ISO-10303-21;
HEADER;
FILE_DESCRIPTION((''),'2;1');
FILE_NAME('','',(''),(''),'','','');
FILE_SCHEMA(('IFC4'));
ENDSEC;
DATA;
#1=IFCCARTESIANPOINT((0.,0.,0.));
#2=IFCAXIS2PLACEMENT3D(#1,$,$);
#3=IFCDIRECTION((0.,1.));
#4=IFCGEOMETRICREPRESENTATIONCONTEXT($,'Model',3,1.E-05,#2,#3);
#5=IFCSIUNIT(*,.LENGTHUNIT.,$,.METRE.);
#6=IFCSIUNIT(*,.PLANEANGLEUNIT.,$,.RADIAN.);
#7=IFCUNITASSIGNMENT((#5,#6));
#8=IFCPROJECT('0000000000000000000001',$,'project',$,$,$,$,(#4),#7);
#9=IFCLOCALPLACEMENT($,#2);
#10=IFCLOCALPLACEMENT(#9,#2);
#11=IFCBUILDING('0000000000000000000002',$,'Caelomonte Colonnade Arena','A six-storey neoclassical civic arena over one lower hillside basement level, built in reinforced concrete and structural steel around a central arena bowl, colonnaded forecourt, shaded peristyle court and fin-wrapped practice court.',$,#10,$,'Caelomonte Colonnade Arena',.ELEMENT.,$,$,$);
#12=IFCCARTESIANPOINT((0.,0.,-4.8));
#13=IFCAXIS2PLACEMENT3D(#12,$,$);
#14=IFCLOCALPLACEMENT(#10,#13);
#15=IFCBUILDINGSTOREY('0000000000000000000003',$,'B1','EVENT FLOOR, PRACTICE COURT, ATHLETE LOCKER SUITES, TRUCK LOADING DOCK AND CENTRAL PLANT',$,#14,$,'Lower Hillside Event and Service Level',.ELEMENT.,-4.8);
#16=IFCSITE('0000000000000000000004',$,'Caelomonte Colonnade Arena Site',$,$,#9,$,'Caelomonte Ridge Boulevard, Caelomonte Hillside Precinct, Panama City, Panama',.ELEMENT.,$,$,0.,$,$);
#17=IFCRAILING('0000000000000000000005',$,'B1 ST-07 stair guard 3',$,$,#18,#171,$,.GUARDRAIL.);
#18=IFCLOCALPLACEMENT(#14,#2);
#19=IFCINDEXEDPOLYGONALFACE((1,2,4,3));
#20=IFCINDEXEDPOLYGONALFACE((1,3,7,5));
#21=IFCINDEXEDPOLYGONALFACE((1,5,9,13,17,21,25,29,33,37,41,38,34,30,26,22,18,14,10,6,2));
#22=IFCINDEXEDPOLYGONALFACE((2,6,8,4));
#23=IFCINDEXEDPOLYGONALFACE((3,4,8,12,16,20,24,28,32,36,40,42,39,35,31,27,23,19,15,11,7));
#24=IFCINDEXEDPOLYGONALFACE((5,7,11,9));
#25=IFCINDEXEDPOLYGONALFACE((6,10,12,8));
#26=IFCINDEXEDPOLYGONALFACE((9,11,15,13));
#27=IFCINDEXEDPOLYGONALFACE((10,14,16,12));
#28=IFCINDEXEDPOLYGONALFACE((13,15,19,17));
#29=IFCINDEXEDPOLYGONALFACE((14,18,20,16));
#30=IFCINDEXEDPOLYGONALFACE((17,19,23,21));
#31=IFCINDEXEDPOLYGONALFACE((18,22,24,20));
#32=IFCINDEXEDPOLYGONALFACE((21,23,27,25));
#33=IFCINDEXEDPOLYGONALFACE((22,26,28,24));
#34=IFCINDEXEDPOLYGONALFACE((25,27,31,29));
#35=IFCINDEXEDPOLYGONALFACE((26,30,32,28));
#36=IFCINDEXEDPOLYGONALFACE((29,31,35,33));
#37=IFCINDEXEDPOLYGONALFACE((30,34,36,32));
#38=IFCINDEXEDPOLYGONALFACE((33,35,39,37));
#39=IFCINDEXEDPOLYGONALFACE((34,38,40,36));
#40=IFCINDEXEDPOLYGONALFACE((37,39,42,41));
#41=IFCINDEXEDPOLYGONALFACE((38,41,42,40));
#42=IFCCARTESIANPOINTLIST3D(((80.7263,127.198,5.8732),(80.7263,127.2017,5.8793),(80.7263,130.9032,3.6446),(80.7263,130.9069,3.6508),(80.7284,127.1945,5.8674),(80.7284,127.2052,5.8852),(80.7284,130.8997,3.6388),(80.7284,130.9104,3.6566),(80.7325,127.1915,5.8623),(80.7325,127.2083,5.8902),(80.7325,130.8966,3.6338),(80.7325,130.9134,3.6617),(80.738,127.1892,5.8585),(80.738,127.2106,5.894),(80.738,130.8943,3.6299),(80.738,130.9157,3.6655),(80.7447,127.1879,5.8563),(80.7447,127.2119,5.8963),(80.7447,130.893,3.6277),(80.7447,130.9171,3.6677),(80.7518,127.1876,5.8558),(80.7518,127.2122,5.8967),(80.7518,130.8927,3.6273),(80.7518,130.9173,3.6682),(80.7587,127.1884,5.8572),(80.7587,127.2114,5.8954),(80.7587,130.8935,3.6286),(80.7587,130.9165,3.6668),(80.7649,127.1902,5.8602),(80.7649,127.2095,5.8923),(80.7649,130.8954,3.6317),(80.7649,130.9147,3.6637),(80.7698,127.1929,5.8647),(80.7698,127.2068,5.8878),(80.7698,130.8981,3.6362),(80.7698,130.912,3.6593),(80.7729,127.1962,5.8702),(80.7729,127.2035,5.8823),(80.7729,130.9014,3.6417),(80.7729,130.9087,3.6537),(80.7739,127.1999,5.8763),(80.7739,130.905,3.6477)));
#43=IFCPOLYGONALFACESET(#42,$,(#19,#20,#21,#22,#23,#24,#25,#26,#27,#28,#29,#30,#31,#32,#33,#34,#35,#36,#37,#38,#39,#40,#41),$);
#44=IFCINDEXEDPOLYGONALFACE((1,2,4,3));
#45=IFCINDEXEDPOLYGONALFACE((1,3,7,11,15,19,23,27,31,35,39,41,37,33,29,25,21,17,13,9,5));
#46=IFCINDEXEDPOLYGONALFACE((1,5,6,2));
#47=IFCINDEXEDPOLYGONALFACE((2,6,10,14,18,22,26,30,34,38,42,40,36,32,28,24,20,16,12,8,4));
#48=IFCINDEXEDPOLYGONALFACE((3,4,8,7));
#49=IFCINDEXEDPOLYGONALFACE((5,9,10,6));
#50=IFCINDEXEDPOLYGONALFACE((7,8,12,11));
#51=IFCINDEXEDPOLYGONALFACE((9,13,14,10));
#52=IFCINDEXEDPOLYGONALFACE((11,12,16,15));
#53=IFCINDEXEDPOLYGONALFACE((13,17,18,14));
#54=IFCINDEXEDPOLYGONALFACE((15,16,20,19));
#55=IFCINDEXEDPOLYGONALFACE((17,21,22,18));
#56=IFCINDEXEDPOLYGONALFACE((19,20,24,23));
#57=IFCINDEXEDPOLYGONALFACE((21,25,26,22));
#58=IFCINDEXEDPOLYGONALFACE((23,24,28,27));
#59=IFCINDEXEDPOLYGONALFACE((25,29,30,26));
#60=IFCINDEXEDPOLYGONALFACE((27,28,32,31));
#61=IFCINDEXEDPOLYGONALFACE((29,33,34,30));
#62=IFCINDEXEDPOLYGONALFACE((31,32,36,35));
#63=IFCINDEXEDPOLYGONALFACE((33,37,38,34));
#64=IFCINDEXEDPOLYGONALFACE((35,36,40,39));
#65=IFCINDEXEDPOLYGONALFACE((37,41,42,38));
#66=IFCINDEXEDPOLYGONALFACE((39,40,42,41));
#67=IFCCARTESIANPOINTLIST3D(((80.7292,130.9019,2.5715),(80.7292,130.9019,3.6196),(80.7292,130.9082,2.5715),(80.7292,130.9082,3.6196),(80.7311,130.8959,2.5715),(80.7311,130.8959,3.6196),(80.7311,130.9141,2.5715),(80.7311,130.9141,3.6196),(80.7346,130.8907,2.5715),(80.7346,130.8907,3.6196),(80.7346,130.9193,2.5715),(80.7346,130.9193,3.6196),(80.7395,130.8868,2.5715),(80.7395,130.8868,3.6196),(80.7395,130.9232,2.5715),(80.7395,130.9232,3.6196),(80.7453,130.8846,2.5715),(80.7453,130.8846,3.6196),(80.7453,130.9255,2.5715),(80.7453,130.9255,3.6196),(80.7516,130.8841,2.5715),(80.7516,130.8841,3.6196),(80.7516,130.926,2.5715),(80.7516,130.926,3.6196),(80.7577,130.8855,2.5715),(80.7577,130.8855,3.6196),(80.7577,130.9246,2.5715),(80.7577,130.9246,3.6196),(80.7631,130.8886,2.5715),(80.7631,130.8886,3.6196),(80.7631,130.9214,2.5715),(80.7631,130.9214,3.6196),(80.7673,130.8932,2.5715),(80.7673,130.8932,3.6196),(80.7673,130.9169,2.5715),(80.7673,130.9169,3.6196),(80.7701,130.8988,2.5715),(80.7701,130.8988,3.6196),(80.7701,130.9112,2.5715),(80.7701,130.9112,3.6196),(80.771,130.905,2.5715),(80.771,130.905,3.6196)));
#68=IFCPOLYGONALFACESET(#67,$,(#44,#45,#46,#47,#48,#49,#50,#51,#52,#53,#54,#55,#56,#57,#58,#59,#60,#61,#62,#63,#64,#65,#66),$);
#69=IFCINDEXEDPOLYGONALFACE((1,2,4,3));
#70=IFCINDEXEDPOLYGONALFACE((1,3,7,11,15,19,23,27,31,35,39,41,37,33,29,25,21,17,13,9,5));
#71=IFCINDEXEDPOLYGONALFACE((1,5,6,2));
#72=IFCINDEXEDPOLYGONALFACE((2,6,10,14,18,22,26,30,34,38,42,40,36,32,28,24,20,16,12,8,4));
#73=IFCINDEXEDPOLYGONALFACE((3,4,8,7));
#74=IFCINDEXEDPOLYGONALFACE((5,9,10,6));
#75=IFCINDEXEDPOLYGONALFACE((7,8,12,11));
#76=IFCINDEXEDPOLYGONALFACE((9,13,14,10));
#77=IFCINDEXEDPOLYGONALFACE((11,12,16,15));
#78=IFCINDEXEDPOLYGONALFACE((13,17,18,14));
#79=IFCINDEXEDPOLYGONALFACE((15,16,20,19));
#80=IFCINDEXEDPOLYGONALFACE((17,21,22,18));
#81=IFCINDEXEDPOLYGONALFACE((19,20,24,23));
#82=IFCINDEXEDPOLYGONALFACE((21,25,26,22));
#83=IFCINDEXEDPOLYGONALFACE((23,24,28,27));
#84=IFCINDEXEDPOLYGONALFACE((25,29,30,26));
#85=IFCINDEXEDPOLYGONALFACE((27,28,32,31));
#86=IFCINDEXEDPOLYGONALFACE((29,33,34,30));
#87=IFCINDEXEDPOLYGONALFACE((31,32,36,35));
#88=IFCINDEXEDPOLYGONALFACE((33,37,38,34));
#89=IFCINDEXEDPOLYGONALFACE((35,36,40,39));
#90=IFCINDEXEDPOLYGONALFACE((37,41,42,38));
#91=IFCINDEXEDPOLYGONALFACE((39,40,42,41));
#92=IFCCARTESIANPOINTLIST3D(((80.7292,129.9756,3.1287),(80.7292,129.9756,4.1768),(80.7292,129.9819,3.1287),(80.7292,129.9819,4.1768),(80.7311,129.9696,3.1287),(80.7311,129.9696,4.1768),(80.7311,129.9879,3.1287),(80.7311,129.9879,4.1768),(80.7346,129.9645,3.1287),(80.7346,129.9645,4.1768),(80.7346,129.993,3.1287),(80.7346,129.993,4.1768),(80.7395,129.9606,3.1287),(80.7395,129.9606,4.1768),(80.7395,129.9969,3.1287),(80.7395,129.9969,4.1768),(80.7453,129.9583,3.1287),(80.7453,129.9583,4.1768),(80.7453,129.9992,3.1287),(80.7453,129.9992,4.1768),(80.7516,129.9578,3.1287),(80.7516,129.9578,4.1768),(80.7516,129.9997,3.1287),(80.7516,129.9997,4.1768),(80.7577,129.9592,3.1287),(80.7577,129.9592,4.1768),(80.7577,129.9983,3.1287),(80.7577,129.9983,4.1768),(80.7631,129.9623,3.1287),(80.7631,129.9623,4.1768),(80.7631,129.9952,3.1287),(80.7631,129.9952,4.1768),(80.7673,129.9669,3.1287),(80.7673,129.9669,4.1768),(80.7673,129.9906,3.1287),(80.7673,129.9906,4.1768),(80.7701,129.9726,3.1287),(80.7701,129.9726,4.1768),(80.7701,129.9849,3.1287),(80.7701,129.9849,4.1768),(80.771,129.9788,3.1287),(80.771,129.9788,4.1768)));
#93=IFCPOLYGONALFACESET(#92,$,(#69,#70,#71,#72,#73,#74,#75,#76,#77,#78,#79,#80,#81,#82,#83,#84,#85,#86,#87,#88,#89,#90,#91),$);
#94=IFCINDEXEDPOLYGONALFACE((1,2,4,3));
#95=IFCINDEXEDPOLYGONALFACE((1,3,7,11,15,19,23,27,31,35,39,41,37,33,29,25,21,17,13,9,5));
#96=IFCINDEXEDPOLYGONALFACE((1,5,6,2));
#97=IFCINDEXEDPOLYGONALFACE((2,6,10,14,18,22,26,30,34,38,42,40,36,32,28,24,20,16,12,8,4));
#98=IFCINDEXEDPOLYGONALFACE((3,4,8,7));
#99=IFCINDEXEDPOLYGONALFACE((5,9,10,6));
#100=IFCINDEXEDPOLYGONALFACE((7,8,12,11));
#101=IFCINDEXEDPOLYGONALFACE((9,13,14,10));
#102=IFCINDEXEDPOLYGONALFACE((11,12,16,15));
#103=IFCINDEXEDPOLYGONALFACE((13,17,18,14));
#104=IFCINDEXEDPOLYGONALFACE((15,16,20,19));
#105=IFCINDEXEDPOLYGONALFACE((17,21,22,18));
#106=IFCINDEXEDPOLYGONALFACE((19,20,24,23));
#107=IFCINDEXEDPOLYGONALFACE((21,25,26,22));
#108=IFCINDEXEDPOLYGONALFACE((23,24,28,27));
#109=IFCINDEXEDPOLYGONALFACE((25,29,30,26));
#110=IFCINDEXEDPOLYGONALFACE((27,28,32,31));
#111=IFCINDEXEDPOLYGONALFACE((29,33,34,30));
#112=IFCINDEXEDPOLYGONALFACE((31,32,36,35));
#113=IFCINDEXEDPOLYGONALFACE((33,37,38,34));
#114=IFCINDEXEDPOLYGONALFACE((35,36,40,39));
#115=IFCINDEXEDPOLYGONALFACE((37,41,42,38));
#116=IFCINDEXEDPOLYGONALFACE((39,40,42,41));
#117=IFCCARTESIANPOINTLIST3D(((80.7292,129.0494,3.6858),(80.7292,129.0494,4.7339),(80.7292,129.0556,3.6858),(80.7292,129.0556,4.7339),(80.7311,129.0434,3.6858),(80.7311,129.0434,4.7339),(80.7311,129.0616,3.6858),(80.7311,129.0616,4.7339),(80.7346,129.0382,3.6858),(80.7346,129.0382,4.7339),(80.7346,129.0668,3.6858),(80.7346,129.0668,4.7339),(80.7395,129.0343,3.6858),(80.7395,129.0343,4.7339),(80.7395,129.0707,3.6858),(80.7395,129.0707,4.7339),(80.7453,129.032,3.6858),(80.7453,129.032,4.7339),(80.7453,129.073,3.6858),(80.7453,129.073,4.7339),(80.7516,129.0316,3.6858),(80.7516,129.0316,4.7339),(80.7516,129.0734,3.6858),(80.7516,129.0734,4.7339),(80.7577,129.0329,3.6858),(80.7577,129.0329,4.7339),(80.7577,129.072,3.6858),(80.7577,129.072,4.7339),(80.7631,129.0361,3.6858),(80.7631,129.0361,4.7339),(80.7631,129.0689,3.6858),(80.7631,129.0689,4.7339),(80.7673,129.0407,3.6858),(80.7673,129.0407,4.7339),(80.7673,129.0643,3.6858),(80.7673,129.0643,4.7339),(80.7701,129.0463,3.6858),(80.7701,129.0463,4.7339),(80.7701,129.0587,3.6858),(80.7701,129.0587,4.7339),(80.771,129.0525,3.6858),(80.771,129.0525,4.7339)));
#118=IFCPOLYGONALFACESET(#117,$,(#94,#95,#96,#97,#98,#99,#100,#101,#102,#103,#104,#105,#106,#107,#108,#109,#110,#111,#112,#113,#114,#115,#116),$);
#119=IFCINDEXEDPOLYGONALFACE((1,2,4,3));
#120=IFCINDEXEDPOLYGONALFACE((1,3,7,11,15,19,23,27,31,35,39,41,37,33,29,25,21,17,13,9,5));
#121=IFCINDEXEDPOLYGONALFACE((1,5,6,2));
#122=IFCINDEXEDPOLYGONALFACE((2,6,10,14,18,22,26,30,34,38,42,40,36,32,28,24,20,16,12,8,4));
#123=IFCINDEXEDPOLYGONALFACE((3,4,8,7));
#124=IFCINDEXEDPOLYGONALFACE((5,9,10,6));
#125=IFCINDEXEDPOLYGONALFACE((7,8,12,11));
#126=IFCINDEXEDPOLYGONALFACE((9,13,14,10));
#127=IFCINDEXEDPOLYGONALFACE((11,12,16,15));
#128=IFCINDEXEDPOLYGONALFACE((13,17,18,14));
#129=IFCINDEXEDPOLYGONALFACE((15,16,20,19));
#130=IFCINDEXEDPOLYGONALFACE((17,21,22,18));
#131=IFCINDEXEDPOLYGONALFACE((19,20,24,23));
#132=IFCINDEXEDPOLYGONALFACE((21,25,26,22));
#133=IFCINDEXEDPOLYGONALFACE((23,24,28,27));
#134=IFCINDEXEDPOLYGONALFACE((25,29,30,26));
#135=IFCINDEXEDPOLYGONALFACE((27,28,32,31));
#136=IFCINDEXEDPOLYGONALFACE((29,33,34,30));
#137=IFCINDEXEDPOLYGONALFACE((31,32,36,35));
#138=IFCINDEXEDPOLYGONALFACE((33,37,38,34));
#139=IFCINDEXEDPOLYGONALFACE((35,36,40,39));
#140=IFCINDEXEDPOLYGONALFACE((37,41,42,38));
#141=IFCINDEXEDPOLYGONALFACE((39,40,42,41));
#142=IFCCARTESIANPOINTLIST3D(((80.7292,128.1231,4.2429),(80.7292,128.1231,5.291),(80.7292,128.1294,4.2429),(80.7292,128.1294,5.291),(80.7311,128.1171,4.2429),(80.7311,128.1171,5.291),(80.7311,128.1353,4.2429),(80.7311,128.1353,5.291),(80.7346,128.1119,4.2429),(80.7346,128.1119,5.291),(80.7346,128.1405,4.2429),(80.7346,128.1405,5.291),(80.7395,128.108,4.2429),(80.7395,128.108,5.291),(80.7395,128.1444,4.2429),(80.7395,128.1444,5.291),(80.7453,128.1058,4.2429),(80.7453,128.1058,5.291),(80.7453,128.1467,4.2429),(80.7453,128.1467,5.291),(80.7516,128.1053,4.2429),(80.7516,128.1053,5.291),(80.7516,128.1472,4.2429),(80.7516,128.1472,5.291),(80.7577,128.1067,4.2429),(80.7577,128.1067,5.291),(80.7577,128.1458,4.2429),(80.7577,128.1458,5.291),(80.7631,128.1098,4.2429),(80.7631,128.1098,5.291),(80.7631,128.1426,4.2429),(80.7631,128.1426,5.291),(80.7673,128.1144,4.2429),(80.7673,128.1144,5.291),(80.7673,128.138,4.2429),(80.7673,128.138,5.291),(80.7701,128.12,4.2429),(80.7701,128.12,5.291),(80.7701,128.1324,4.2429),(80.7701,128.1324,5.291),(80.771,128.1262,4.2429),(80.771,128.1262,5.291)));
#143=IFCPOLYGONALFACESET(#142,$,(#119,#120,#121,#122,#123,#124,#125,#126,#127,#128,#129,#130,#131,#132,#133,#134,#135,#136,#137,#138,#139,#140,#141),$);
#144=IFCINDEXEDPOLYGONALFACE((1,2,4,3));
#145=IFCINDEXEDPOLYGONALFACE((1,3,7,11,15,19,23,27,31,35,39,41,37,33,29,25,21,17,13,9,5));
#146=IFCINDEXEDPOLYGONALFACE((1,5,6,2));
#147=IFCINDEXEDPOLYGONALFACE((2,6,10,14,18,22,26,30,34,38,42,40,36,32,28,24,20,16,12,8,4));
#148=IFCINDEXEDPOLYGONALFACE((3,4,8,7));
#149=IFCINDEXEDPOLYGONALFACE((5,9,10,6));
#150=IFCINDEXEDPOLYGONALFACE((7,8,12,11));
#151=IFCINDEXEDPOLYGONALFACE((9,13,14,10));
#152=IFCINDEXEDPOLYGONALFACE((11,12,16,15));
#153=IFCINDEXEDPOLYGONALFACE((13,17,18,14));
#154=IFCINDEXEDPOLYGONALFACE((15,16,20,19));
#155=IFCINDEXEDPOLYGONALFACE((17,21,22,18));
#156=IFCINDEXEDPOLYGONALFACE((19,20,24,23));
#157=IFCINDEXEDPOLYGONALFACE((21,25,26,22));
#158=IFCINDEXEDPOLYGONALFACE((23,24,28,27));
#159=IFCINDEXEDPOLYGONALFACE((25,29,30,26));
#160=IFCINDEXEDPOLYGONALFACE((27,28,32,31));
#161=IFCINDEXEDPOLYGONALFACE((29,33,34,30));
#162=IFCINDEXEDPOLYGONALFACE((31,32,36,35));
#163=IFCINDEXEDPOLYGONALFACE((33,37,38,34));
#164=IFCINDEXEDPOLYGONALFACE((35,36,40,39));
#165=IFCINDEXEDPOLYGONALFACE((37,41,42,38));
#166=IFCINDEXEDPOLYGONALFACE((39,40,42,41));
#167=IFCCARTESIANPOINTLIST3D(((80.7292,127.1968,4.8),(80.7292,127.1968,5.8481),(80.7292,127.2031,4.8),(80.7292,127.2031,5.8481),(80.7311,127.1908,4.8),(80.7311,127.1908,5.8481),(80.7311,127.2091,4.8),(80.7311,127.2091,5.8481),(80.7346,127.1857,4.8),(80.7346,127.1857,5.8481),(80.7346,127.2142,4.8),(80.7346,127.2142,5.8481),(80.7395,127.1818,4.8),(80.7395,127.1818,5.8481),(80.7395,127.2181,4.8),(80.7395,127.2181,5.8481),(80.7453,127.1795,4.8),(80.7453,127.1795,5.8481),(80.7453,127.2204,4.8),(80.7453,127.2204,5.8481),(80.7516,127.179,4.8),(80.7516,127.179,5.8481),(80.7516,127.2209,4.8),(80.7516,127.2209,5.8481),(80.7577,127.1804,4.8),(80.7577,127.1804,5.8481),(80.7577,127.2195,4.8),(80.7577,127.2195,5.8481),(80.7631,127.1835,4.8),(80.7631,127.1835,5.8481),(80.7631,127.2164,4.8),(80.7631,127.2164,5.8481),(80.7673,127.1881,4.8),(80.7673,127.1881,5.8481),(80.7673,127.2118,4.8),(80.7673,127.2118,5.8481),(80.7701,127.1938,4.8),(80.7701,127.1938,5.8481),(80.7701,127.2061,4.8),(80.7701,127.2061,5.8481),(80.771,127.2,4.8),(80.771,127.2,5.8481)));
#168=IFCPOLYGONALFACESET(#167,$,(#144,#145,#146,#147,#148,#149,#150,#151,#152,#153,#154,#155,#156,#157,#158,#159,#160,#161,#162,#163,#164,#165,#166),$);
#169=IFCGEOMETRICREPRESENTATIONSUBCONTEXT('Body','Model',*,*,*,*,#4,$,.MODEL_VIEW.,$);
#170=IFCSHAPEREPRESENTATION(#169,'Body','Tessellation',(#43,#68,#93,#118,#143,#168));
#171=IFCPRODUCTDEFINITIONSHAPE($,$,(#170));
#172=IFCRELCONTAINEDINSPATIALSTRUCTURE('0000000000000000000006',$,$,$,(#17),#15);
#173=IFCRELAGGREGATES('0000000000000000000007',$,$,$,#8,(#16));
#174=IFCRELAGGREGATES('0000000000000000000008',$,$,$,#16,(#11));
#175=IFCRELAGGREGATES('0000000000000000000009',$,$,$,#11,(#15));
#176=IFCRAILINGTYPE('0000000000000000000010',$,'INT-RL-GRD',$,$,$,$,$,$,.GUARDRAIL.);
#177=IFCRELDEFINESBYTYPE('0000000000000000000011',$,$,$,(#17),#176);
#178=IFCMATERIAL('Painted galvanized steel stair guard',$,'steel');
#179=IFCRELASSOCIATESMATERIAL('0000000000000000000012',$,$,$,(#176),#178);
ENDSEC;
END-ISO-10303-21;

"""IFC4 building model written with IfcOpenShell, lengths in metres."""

from ifc_helpers import new_model, si_unit, direction, frame, origin, origin_2d, place, context, subcontext, project, spatial, circle, extrude, material, type_object, element, save


model = new_model("IFC4")

# Units and contexts
model_context = context("Model", 3, precision=1e-05, world=origin(), true_north=direction((0.0, 1.0)))
body_context = subcontext(model_context, "Body", "Model", "MODEL_VIEW")
ifc_project = project(units=[si_unit("LENGTHUNIT", "METRE"), si_unit("PLANEANGLEUNIT", "RADIAN")], contexts=[model_context])

# Site, building, storey
site_placement = place(None, origin())
site = spatial("IfcSite", under=ifc_project, at=site_placement, Name="Caelomonte Colonnade Arena Site", LongName="Caelomonte Ridge Boulevard, Caelomonte Hillside Precinct, Panama City, Panama", CompositionType="ELEMENT", RefElevation=0.0)
building_placement = place(site_placement, origin())
building = spatial("IfcBuilding", under=site, at=building_placement, Name="Caelomonte Colonnade Arena", Description="A six-storey neoclassical civic arena over one lower hillside basement level, built in reinforced concrete and structural steel around a central arena bowl, colonnaded forecourt, shaded peristyle court and fin-wrapped practice court.", LongName="Caelomonte Colonnade Arena", CompositionType="ELEMENT")
storey_placement = place(building_placement, frame((0.0, 0.0, -4.8)))
storey = spatial("IfcBuildingStorey", under=building, at=storey_placement, Name="B1", Description="EVENT FLOOR, PRACTICE COURT, ATHLETE LOCKER SUITES, TRUCK LOADING DOCK AND CENTRAL PLANT", LongName="Lower Hillside Event and Service Level", CompositionType="ELEMENT", Elevation=-4.8)

# Railing
ifc_material_1 = material(Name="Painted galvanized steel stair guard", Category="steel")
railing_type_1 = type_object("IfcRailingType", Name="INT-RL-GRD", PredefinedType="GUARDRAIL", material=ifc_material_1)
railing_1_placement = place(storey_placement, frame((80.75, 130.905, 2.5715)))
element("IfcRailing", 1, at=railing_1_placement, inside=storey, type_object=railing_type_1, Name="B1 ST-07 stair guard 3", PredefinedType="GUARDRAIL", context=body_context, shape_type="SweptSolid", body=[
    extrude(circle(Radius=0.0239, at=origin_2d()), frame((0.0, 0.0, 1.0762), z_axis=(0.0, -0.856934, 0.515425), x_axis=(1.0, 0.0, 0.0)), (0.0, 0.0, 1.0), 4.3237),
    extrude(circle(Radius=0.021, at=origin_2d()), origin(), (0.0, 0.0, 1.0), 1.0481),
    extrude(circle(Radius=0.021, at=origin_2d()), frame((0.0, -0.9263, 0.5571)), (0.0, 0.0, 1.0), 1.0481),
    extrude(circle(Radius=0.021, at=origin_2d()), frame((0.0, -1.8525, 1.1143)), (0.0, 0.0, 1.0), 1.0481),
    extrude(circle(Radius=0.021, at=origin_2d()), frame((0.0, -2.7788, 1.6714)), (0.0, 0.0, 1.0), 1.0481),
    extrude(circle(Radius=0.021, at=origin_2d()), frame((0.0, -3.7051, 2.2285)), (0.0, 0.0, 1.0), 1.0481),
])

save(model, "model.ifc")
